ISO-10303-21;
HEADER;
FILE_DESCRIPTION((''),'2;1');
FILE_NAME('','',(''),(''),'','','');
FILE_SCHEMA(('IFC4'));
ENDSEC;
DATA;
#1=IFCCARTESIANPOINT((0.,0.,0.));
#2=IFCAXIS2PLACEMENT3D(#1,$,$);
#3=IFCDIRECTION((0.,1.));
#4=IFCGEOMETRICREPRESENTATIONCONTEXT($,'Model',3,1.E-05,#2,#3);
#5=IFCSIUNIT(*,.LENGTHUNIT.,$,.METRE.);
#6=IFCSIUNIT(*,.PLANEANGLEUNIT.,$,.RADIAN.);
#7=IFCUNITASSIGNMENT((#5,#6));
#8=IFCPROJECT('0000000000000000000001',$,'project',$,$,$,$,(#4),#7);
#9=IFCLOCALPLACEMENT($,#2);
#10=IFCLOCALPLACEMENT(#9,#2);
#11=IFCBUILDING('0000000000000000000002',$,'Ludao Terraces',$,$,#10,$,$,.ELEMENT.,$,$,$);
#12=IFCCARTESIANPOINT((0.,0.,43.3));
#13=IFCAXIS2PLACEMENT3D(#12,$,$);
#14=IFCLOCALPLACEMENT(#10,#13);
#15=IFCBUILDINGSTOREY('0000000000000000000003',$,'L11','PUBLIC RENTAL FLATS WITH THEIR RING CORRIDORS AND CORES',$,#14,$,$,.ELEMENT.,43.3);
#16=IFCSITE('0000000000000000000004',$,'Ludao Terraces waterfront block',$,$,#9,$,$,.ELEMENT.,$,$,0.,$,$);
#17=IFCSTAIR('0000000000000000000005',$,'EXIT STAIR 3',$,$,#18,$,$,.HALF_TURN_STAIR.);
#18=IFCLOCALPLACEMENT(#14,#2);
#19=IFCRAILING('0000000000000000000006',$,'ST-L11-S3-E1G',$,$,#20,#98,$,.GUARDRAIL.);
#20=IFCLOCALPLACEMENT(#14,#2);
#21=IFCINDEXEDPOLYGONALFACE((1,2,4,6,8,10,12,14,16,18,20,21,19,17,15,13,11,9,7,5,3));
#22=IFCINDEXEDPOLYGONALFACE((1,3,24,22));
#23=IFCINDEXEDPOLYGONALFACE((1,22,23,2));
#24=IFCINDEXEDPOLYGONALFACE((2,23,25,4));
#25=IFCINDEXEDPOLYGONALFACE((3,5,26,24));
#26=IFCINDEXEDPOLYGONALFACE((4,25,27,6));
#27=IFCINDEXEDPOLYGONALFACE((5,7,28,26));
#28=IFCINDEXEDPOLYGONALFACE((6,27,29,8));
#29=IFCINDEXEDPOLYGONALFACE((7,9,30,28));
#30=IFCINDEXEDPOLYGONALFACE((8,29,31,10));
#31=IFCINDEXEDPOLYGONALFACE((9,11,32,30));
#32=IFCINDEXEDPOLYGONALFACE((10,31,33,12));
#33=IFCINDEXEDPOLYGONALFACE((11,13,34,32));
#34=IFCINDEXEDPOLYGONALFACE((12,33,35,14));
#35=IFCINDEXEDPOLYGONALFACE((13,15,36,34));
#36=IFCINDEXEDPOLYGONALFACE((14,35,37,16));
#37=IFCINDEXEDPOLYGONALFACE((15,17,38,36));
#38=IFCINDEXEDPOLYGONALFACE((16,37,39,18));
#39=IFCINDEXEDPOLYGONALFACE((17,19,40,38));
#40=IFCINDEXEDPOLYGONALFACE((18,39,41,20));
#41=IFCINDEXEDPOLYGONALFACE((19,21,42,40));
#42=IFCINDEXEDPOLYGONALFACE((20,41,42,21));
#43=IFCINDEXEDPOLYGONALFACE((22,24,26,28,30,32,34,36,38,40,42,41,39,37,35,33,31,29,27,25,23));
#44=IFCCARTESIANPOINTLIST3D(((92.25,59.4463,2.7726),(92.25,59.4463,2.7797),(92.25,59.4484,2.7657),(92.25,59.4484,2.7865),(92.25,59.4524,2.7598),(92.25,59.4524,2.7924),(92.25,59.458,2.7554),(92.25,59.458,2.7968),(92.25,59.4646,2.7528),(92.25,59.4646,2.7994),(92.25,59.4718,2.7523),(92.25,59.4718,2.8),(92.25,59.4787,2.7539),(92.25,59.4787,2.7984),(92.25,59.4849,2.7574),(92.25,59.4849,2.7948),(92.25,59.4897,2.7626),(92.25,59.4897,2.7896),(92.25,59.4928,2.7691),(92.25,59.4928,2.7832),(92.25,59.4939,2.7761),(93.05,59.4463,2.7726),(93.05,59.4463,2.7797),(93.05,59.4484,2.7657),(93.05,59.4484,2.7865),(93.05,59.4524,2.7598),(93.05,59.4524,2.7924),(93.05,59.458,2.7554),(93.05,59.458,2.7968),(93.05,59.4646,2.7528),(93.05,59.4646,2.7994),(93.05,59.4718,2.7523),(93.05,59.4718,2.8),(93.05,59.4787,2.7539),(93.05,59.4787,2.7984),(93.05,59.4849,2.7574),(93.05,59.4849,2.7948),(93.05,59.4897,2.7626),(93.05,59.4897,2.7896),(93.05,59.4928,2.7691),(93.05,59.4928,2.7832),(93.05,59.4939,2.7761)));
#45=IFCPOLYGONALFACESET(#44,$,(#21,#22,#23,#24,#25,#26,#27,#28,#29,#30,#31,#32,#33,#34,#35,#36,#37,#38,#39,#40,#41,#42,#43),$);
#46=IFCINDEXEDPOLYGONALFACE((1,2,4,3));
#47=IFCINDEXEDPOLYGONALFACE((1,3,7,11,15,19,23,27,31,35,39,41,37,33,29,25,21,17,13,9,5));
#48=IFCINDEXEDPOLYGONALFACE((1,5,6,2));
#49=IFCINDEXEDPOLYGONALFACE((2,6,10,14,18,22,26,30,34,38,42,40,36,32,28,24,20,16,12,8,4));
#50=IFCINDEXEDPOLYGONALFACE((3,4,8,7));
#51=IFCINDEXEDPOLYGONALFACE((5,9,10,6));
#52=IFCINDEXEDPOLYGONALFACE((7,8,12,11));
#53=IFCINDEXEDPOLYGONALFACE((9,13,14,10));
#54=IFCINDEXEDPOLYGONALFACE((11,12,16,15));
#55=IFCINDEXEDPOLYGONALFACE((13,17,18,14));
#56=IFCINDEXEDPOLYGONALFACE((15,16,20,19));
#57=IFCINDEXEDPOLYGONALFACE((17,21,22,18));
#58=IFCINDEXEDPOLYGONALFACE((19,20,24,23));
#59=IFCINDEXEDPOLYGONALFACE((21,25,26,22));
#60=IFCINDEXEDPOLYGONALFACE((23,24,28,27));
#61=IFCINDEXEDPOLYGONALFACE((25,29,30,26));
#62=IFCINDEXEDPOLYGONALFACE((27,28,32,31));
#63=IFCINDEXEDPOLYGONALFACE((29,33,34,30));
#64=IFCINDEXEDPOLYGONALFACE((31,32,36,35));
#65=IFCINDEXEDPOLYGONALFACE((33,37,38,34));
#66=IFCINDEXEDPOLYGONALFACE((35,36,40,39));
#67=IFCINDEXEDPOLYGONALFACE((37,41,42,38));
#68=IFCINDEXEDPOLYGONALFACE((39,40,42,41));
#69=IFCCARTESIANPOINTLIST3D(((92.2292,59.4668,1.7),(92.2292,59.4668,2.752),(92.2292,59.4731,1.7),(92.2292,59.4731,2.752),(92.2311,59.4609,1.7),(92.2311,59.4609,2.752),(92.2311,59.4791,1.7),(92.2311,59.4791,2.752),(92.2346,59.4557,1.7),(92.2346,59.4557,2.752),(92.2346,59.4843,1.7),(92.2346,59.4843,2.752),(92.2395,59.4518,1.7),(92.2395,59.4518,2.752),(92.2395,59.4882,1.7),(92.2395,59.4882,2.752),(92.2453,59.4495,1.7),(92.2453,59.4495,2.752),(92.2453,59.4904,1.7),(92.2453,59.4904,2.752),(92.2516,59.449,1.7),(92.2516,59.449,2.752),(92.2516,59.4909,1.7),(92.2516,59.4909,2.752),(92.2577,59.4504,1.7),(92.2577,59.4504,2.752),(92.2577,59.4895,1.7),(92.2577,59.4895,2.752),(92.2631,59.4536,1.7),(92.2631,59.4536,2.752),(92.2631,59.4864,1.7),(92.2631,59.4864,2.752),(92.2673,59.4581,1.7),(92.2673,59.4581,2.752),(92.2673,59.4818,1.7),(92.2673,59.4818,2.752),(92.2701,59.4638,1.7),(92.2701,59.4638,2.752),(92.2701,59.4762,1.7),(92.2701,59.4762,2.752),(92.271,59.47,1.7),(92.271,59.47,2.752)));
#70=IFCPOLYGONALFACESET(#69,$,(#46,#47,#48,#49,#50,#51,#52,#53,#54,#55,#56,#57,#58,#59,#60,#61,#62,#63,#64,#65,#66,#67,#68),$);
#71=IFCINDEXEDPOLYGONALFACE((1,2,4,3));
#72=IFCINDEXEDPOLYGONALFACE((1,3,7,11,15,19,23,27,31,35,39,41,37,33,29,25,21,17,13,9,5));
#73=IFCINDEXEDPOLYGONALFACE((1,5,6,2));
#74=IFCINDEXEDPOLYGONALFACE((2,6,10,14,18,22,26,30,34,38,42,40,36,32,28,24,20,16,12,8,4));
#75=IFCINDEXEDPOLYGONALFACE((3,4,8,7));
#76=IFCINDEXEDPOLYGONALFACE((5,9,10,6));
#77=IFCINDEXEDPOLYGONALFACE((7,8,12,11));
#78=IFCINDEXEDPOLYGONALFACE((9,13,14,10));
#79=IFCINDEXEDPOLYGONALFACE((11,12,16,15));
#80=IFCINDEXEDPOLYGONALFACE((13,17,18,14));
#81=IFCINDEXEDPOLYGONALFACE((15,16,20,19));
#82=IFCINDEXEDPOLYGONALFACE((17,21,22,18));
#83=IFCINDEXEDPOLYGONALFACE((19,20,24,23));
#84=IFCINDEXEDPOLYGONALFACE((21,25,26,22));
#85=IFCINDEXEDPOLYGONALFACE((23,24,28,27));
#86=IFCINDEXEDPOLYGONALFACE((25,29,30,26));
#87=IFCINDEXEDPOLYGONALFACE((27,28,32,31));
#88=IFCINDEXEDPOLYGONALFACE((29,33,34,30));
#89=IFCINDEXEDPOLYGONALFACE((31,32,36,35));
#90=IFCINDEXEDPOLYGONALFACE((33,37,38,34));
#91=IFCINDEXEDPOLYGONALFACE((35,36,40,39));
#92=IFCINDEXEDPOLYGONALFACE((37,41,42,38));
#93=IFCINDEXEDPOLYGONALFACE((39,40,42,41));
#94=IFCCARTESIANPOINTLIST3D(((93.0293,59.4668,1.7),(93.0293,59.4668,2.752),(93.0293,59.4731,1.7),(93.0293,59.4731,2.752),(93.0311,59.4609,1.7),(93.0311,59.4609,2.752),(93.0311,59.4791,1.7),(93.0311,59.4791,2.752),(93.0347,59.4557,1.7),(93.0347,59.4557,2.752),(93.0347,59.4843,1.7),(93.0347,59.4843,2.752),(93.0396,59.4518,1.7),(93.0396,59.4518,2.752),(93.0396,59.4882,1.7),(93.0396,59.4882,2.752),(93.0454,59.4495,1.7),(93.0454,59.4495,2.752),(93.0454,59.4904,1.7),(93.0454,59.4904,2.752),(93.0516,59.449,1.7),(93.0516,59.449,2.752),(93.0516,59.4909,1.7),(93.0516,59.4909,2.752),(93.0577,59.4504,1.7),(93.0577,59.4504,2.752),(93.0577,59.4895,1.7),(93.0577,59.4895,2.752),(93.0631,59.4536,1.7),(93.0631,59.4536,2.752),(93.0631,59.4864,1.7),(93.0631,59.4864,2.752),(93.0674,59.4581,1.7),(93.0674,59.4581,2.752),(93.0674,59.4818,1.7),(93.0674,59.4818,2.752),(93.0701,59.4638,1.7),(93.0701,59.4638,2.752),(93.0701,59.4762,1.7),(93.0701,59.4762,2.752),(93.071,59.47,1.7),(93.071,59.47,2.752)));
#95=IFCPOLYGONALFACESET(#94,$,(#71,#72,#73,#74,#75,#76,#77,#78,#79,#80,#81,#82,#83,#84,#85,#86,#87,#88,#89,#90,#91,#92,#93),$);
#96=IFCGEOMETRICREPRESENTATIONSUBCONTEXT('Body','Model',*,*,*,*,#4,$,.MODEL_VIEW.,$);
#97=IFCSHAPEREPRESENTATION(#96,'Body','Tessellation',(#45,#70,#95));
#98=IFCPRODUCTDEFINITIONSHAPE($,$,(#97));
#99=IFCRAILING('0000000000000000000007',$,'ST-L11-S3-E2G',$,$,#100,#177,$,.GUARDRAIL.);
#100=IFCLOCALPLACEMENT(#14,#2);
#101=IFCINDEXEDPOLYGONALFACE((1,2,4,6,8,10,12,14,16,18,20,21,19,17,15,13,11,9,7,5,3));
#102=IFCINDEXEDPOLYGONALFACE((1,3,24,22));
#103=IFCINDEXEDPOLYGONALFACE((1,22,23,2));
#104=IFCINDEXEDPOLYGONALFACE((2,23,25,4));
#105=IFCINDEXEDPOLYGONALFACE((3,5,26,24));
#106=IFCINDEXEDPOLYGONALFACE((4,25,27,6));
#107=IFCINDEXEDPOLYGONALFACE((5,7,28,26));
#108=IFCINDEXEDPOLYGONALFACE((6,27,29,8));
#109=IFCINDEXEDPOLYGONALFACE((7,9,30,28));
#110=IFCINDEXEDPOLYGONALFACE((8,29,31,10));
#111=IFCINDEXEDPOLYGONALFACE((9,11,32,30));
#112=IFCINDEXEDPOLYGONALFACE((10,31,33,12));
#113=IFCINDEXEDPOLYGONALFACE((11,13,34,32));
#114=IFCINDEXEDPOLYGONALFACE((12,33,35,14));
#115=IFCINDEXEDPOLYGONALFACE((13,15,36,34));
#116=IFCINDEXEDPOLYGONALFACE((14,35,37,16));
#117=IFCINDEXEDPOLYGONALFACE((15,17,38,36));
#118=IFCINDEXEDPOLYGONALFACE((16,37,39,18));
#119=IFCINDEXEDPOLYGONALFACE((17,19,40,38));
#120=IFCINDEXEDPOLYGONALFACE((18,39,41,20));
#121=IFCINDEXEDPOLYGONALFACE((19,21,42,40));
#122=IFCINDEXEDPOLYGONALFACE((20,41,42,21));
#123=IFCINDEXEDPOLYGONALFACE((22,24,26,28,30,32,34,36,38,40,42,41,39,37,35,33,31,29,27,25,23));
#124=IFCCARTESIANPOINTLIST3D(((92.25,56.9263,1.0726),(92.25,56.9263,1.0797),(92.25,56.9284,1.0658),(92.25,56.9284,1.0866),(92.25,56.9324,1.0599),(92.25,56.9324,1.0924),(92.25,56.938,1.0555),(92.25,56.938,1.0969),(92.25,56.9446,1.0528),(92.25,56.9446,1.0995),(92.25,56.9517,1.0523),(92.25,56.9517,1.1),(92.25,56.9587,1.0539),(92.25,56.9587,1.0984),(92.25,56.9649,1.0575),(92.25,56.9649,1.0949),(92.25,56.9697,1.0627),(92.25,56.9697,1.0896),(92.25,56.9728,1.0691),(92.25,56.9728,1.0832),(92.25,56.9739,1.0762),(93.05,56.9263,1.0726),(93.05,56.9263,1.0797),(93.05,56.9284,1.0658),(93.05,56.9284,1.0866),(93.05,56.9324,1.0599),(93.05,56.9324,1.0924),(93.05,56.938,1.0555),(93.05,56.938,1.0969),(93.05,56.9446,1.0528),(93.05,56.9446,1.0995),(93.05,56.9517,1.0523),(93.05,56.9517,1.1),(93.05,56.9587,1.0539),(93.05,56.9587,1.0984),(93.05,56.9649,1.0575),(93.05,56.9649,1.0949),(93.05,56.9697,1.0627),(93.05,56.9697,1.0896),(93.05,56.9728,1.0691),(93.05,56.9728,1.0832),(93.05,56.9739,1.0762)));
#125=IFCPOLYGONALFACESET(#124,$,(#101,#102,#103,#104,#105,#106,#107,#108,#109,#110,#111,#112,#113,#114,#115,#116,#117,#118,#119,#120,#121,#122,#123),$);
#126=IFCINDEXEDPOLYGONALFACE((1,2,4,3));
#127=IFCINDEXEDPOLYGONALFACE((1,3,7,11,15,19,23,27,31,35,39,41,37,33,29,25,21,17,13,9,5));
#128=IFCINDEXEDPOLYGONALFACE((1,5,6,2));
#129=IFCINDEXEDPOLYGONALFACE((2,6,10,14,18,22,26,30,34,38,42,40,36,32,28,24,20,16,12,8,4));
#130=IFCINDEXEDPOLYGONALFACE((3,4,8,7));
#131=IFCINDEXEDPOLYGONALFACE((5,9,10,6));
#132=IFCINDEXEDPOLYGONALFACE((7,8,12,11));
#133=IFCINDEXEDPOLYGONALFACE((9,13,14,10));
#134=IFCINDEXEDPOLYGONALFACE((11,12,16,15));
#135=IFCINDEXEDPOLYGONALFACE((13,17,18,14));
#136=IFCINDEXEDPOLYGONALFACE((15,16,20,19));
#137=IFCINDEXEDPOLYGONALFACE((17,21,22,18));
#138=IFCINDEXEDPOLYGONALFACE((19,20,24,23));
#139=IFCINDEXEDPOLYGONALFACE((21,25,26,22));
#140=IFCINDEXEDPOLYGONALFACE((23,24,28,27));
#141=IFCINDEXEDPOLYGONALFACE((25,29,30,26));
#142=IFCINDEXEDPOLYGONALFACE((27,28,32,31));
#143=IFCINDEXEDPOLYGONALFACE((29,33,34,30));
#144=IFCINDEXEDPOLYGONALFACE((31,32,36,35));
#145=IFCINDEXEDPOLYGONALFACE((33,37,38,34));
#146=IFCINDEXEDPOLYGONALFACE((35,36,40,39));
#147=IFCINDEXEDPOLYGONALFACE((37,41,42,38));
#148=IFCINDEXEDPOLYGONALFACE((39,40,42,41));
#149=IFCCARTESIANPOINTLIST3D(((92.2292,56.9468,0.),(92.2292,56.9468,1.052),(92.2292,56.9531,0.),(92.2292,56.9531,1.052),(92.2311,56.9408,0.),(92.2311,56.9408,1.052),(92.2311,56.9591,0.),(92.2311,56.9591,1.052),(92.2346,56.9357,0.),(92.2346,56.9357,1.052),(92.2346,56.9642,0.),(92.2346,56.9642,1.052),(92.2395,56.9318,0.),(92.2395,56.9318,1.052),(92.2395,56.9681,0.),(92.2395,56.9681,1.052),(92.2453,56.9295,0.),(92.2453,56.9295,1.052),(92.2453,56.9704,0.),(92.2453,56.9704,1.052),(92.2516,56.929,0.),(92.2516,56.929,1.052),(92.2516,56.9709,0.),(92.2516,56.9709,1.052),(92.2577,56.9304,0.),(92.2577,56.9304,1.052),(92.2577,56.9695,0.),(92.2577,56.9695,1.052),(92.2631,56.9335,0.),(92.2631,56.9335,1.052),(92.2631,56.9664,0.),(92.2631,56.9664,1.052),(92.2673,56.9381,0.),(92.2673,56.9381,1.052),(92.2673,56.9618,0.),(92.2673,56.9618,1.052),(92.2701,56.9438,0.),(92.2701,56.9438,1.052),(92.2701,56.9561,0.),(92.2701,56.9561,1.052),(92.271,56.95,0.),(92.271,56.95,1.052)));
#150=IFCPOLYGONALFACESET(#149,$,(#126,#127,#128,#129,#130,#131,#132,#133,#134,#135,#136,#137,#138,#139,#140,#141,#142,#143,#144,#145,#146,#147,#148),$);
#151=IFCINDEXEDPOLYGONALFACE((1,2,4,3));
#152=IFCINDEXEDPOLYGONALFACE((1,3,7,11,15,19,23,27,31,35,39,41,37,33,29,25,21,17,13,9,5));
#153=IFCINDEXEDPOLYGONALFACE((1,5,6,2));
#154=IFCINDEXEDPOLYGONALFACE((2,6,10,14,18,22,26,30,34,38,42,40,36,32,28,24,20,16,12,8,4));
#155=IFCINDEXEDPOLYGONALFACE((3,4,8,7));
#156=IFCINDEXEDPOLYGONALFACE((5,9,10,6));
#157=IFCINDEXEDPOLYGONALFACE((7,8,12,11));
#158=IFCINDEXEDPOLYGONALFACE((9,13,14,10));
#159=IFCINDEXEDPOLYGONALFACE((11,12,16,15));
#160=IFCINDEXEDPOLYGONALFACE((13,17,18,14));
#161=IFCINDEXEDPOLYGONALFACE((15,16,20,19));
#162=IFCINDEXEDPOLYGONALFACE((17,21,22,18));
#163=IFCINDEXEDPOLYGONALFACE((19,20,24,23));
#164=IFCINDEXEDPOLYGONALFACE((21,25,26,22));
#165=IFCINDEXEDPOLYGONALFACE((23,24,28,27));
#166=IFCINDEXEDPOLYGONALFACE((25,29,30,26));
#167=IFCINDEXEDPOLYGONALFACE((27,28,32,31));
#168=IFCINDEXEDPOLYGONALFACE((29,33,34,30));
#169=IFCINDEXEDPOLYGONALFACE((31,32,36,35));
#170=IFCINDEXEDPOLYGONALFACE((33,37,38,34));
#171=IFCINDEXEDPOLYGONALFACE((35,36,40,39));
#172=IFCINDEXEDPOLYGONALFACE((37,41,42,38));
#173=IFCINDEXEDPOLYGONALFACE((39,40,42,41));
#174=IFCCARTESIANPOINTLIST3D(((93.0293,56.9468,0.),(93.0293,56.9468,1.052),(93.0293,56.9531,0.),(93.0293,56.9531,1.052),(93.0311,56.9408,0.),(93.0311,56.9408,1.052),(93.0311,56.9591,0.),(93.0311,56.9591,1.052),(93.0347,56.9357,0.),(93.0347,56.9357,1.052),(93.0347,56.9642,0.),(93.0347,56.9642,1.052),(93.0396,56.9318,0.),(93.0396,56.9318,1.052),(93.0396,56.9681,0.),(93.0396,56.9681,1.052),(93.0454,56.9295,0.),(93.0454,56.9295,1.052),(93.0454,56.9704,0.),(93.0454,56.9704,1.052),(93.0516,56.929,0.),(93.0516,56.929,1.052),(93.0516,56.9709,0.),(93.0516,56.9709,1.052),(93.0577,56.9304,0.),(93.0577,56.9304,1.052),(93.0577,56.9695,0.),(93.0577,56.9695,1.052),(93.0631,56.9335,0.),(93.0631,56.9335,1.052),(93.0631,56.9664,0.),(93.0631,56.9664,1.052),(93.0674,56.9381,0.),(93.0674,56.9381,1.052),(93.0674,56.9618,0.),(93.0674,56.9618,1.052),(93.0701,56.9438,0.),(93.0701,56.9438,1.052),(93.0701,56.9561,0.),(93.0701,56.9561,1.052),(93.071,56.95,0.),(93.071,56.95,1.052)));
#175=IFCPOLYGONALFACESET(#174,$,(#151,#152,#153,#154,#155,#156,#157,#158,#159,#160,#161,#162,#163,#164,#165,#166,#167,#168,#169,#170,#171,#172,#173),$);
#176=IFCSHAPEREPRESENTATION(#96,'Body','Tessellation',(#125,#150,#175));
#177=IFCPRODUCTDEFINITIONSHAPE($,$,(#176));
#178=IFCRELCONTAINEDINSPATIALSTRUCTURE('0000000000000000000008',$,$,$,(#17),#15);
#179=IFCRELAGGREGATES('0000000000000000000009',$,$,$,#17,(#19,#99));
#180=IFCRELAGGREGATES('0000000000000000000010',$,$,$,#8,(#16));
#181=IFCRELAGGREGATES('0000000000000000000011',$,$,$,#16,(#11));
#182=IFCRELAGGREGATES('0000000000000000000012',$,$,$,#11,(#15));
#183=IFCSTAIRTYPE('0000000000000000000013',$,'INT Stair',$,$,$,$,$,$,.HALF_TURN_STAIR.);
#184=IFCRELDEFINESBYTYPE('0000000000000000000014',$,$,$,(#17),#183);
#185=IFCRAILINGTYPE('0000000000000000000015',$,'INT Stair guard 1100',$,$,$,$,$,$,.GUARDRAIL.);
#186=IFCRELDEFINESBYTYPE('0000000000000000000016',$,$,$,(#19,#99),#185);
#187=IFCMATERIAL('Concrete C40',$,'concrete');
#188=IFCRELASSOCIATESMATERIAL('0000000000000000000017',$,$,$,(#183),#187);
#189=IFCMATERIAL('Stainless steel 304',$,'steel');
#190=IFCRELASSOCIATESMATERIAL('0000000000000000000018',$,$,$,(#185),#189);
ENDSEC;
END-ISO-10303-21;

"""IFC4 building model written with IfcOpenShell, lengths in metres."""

from ifc_helpers import new_model, si_unit, direction, frame, origin, origin_2d, place, context, subcontext, project, spatial, circle, extrude, material, type_object, element, aggregate, save


model = new_model("IFC4")

# Units and contexts
model_context = context("Model", 3, precision=1e-05, world=origin(), true_north=direction((0.0, 1.0)))
body_context = subcontext(model_context, "Body", "Model", "MODEL_VIEW")
ifc_project = project(units=[si_unit("LENGTHUNIT", "METRE"), si_unit("PLANEANGLEUNIT", "RADIAN")], contexts=[model_context])

# Site, building, storey
site_placement = place(None, origin())
site = spatial("IfcSite", under=ifc_project, at=site_placement, Name="Ludao Terraces waterfront block", CompositionType="ELEMENT", RefElevation=0.0)
building_placement = place(site_placement, origin())
building = spatial("IfcBuilding", under=site, at=building_placement, Name="Ludao Terraces", CompositionType="ELEMENT")
storey_placement = place(building_placement, frame((0.0, 0.0, 43.3)))
storey = spatial("IfcBuildingStorey", under=building, at=storey_placement, Name="L11", Description="PUBLIC RENTAL FLATS WITH THEIR RING CORRIDORS AND CORES", CompositionType="ELEMENT", Elevation=43.3)

# Stair, railings
ifc_material_1 = material(Name="Concrete C40", Category="concrete")
stair_type = type_object("IfcStairType", Name="INT Stair", PredefinedType="HALF_TURN_STAIR", material=ifc_material_1)
stair_placement = place(storey_placement, origin())
stair = element("IfcStair", 1, at=stair_placement, inside=storey, type_object=stair_type, Name="EXIT STAIR 3", PredefinedType="HALF_TURN_STAIR")
ifc_material_2 = material(Name="Stainless steel 304", Category="steel")
railing_type_1 = type_object("IfcRailingType", Name="INT Stair guard 1100", PredefinedType="GUARDRAIL", material=ifc_material_2)
railing_1_placement = place(storey_placement, frame((92.25, 59.47, 1.7)))
railing_1 = element("IfcRailing", 2, at=railing_1_placement, type_object=railing_type_1, Name="ST-L11-S3-E1G", PredefinedType="GUARDRAIL", context=body_context, shape_type="SweptSolid", body=[
    extrude(circle(Radius=0.0239, at=origin_2d()), frame((0.0, 0.0, 1.0762), z_axis=(1.0, 0.0, 0.0), x_axis=(0.0, 1.0, 0.0)), (0.0, 0.0, 1.0), 0.8),
    extrude(circle(Radius=0.021, at=origin_2d()), origin(), (0.0, 0.0, 1.0), 1.052),
    extrude(circle(Radius=0.021, at=origin_2d()), frame((0.8, 0.0, 0.0)), (0.0, 0.0, 1.0), 1.052),
])
railing_2_placement = place(storey_placement, frame((92.25, 56.95, 0.0)))
railing_2 = element("IfcRailing", 3, at=railing_2_placement, type_object=railing_type_1, Name="ST-L11-S3-E2G", PredefinedType="GUARDRAIL", context=body_context, shape_type="SweptSolid", body=[
    extrude(circle(Radius=0.0239, at=origin_2d()), frame((0.0, 0.0, 1.0762), z_axis=(1.0, 0.0, 0.0), x_axis=(0.0, 1.0, 0.0)), (0.0, 0.0, 1.0), 0.8),
    extrude(circle(Radius=0.021, at=origin_2d()), origin(), (0.0, 0.0, 1.0), 1.052),
    extrude(circle(Radius=0.021, at=origin_2d()), frame((0.8, 0.0, 0.0)), (0.0, 0.0, 1.0), 1.052),
])
aggregate(stair, [railing_1, railing_2])

save(model, "model.ifc")
